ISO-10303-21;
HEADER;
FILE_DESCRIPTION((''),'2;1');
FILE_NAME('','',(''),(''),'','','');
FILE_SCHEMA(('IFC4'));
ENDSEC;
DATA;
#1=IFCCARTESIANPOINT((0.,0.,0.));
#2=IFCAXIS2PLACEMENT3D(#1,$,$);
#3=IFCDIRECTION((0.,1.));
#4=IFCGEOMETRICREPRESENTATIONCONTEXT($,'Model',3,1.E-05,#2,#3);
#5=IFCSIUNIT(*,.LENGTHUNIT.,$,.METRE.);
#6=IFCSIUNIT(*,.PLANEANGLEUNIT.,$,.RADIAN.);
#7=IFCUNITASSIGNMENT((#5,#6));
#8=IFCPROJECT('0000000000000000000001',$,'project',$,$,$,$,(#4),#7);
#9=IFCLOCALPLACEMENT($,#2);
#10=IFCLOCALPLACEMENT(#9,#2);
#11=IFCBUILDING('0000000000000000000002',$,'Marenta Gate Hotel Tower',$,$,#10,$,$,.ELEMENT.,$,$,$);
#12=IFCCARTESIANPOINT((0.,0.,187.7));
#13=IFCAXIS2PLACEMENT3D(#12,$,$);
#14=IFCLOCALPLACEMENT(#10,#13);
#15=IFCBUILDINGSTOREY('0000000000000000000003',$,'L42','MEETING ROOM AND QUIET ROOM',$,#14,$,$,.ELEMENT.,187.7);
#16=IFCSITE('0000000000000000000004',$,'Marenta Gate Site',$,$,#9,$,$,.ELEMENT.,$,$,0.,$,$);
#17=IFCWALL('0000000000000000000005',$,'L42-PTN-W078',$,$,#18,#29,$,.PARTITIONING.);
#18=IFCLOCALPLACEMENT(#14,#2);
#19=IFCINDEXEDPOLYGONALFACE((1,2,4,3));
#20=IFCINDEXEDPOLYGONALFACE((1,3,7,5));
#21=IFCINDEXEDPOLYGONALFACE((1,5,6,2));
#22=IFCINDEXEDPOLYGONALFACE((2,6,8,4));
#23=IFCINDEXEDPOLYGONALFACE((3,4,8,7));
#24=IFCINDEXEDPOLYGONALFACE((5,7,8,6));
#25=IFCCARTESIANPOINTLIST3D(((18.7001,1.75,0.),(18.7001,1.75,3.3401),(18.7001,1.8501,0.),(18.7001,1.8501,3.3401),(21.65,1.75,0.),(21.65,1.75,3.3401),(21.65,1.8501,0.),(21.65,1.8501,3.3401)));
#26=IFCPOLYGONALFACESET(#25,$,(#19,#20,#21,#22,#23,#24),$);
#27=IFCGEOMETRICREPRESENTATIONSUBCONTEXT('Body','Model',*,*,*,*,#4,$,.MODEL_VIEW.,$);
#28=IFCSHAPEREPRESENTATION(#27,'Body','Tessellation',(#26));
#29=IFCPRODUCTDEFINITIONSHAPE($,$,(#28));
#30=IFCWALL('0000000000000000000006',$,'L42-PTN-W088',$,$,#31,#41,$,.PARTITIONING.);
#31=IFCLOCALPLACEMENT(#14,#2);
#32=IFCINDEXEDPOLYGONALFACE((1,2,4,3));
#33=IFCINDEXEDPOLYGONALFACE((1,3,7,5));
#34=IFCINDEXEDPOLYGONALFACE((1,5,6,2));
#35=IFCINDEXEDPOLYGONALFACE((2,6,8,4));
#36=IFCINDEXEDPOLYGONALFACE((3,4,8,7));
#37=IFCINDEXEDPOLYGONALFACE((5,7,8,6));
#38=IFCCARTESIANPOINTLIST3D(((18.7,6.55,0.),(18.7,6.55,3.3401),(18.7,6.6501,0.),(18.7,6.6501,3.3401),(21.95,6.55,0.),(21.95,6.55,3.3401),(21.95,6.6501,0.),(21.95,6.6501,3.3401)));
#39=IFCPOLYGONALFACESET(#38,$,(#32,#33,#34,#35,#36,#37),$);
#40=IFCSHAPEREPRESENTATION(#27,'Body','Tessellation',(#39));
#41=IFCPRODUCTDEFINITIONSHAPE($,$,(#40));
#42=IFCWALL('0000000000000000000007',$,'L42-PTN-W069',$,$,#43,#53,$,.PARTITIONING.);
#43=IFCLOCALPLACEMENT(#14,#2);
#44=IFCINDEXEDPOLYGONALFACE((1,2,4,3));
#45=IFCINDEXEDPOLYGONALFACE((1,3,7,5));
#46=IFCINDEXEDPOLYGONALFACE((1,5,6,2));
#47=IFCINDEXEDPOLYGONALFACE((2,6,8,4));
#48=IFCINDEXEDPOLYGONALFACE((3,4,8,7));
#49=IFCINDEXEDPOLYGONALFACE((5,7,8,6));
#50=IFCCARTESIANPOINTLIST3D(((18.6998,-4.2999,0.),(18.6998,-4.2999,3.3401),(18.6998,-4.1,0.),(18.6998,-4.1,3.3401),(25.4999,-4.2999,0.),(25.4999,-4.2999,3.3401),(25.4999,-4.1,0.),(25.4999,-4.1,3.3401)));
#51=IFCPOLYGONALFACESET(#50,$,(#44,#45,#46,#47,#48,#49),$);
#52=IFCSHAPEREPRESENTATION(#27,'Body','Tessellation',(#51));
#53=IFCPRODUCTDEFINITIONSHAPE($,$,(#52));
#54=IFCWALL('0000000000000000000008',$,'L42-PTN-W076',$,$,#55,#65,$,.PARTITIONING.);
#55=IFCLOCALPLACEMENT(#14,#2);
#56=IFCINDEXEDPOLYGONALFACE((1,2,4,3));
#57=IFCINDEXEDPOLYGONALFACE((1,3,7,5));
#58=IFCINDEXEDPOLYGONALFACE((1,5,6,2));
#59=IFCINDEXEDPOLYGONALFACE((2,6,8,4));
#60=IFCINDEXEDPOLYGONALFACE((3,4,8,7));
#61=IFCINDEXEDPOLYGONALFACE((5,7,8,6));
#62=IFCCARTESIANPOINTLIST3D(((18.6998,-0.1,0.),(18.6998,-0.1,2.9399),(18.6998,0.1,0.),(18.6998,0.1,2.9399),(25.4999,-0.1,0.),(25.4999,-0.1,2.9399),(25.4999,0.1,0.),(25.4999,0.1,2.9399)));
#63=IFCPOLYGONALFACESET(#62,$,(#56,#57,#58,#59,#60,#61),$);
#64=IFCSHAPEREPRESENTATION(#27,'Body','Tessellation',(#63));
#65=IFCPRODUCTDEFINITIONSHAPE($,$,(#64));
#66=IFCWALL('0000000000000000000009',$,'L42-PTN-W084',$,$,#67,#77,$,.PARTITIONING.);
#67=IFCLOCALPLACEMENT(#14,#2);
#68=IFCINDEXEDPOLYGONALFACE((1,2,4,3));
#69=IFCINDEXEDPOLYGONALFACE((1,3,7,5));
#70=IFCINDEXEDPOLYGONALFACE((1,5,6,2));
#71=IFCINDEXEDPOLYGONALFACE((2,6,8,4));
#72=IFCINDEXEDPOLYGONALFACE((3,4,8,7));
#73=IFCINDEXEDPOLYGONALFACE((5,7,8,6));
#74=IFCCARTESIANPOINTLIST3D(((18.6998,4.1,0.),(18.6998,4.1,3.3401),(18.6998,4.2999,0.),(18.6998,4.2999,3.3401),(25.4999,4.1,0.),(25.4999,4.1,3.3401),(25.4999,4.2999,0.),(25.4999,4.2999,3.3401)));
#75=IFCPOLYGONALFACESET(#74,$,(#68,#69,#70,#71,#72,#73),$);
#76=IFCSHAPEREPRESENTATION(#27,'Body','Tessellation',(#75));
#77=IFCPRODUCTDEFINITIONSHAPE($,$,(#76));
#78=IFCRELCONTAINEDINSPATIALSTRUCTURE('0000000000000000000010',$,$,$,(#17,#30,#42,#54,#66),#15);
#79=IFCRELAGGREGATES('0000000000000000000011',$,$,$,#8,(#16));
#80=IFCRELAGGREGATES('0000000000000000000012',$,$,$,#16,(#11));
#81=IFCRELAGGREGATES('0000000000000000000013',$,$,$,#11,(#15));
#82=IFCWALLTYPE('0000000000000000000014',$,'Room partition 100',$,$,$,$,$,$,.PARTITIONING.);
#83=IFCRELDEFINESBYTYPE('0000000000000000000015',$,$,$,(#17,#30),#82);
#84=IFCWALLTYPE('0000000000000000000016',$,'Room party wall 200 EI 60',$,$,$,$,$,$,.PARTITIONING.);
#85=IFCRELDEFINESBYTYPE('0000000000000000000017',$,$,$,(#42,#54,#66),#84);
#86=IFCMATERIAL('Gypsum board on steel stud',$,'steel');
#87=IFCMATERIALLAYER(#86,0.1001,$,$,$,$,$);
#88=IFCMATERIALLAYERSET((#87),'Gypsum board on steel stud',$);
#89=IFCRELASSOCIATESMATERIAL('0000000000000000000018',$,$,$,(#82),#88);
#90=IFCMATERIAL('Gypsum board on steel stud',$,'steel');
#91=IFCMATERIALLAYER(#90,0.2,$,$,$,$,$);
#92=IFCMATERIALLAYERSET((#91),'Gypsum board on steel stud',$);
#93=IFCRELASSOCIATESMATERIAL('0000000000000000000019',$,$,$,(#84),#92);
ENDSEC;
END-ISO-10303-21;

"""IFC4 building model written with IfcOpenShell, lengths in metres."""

from ifc_helpers import new_model, si_unit, direction, frame, frame_2d, origin, place, context, subcontext, project, spatial, rectangle, extrude, material, layer, layer_set, type_object, element, save


model = new_model("IFC4")

# Units and contexts
model_context = context("Model", 3, precision=1e-05, world=origin(), true_north=direction((0.0, 1.0)))
body_context = subcontext(model_context, "Body", "Model", "MODEL_VIEW")
ifc_project = project(units=[si_unit("LENGTHUNIT", "METRE"), si_unit("PLANEANGLEUNIT", "RADIAN")], contexts=[model_context])

# Site, building, storey
site_placement = place(None, origin())
site = spatial("IfcSite", under=ifc_project, at=site_placement, Name="Marenta Gate Site", CompositionType="ELEMENT", RefElevation=0.0)
building_placement = place(site_placement, origin())
building = spatial("IfcBuilding", under=site, at=building_placement, Name="Marenta Gate Hotel Tower", CompositionType="ELEMENT")
storey_placement = place(building_placement, frame((0.0, 0.0, 187.7)))
storey = spatial("IfcBuildingStorey", under=building, at=storey_placement, Name="L42", Description="MEETING ROOM AND QUIET ROOM", CompositionType="ELEMENT", Elevation=187.7)

# Shared definitions
ifc_material_1 = material(Name="Gypsum board on steel stud", Category="steel")
ifc_layer_1 = layer(ifc_material_1, 0.1001)
ifc_layer_set_1 = layer_set([ifc_layer_1], Name="Gypsum board on steel stud")
wall_type_1 = type_object("IfcWallType", Name="Room partition 100", PredefinedType="PARTITIONING", material=ifc_layer_set_1)

# Walls
wall_1_placement = place(storey_placement, frame((18.7, 1.8, 0.0), z_axis=(0.0, 0.0, 1.0), x_axis=(1.0, 0.0, 0.0)))
element("IfcWall", 1, at=wall_1_placement, inside=storey, type_object=wall_type_1, Name="L42-PTN-W078", PredefinedType="PARTITIONING", context=body_context, shape_type="SweptSolid", body=[
    extrude(rectangle(XDim=2.95, YDim=0.1001, at=frame_2d((1.4751, 0.0))), origin(), (0.0, 0.0, 1.0), 3.3401),
])
wall_2_placement = place(storey_placement, frame((18.7, 6.6001, 0.0), z_axis=(0.0, 0.0, 1.0), x_axis=(1.0, 0.0, 0.0)))
element("IfcWall", 2, at=wall_2_placement, inside=storey, type_object=wall_type_1, Name="L42-PTN-W088", PredefinedType="PARTITIONING", context=body_context, shape_type="SweptSolid", body=[
    extrude(rectangle(XDim=3.25, YDim=0.1001, at=frame_2d((1.625, 0.0))), origin(), (0.0, 0.0, 1.0), 3.3401),
])
ifc_material_2 = material(Name="Gypsum board on steel stud", Category="steel")
ifc_layer_2 = layer(ifc_material_2, 0.2)
ifc_layer_set_2 = layer_set([ifc_layer_2], Name="Gypsum board on steel stud")
wall_type_2 = type_object("IfcWallType", Name="Room party wall 200 EI 60", PredefinedType="PARTITIONING", material=ifc_layer_set_2)
wall_3_placement = place(storey_placement, frame((18.7, -4.2, 0.0), z_axis=(0.0, 0.0, 1.0), x_axis=(1.0, 0.0, 0.0)))
element("IfcWall", 3, at=wall_3_placement, inside=storey, type_object=wall_type_2, Name="L42-PTN-W069", PredefinedType="PARTITIONING", context=body_context, shape_type="SweptSolid", body=[
    extrude(rectangle(XDim=6.8, YDim=0.2, at=frame_2d((3.3999, 0.0))), origin(), (0.0, 0.0, 1.0), 3.3401),
])
wall_4_placement = place(storey_placement, frame((18.7, 0.0, 0.0), z_axis=(0.0, 0.0, 1.0), x_axis=(1.0, 0.0, 0.0)))
element("IfcWall", 4, at=wall_4_placement, inside=storey, type_object=wall_type_2, Name="L42-PTN-W076", PredefinedType="PARTITIONING", context=body_context, shape_type="SweptSolid", body=[
    extrude(rectangle(XDim=6.8, YDim=0.2, at=frame_2d((3.3999, 0.0))), origin(), (0.0, 0.0, 1.0), 2.9399),
])
wall_5_placement = place(storey_placement, frame((18.7, 4.2, 0.0), z_axis=(0.0, 0.0, 1.0), x_axis=(1.0, 0.0, 0.0)))
element("IfcWall", 5, at=wall_5_placement, inside=storey, type_object=wall_type_2, Name="L42-PTN-W084", PredefinedType="PARTITIONING", context=body_context, shape_type="SweptSolid", body=[
    extrude(rectangle(XDim=6.8, YDim=0.2, at=frame_2d((3.3999, 0.0))), origin(), (0.0, 0.0, 1.0), 3.3401),
])

save(model, "model.ifc")
